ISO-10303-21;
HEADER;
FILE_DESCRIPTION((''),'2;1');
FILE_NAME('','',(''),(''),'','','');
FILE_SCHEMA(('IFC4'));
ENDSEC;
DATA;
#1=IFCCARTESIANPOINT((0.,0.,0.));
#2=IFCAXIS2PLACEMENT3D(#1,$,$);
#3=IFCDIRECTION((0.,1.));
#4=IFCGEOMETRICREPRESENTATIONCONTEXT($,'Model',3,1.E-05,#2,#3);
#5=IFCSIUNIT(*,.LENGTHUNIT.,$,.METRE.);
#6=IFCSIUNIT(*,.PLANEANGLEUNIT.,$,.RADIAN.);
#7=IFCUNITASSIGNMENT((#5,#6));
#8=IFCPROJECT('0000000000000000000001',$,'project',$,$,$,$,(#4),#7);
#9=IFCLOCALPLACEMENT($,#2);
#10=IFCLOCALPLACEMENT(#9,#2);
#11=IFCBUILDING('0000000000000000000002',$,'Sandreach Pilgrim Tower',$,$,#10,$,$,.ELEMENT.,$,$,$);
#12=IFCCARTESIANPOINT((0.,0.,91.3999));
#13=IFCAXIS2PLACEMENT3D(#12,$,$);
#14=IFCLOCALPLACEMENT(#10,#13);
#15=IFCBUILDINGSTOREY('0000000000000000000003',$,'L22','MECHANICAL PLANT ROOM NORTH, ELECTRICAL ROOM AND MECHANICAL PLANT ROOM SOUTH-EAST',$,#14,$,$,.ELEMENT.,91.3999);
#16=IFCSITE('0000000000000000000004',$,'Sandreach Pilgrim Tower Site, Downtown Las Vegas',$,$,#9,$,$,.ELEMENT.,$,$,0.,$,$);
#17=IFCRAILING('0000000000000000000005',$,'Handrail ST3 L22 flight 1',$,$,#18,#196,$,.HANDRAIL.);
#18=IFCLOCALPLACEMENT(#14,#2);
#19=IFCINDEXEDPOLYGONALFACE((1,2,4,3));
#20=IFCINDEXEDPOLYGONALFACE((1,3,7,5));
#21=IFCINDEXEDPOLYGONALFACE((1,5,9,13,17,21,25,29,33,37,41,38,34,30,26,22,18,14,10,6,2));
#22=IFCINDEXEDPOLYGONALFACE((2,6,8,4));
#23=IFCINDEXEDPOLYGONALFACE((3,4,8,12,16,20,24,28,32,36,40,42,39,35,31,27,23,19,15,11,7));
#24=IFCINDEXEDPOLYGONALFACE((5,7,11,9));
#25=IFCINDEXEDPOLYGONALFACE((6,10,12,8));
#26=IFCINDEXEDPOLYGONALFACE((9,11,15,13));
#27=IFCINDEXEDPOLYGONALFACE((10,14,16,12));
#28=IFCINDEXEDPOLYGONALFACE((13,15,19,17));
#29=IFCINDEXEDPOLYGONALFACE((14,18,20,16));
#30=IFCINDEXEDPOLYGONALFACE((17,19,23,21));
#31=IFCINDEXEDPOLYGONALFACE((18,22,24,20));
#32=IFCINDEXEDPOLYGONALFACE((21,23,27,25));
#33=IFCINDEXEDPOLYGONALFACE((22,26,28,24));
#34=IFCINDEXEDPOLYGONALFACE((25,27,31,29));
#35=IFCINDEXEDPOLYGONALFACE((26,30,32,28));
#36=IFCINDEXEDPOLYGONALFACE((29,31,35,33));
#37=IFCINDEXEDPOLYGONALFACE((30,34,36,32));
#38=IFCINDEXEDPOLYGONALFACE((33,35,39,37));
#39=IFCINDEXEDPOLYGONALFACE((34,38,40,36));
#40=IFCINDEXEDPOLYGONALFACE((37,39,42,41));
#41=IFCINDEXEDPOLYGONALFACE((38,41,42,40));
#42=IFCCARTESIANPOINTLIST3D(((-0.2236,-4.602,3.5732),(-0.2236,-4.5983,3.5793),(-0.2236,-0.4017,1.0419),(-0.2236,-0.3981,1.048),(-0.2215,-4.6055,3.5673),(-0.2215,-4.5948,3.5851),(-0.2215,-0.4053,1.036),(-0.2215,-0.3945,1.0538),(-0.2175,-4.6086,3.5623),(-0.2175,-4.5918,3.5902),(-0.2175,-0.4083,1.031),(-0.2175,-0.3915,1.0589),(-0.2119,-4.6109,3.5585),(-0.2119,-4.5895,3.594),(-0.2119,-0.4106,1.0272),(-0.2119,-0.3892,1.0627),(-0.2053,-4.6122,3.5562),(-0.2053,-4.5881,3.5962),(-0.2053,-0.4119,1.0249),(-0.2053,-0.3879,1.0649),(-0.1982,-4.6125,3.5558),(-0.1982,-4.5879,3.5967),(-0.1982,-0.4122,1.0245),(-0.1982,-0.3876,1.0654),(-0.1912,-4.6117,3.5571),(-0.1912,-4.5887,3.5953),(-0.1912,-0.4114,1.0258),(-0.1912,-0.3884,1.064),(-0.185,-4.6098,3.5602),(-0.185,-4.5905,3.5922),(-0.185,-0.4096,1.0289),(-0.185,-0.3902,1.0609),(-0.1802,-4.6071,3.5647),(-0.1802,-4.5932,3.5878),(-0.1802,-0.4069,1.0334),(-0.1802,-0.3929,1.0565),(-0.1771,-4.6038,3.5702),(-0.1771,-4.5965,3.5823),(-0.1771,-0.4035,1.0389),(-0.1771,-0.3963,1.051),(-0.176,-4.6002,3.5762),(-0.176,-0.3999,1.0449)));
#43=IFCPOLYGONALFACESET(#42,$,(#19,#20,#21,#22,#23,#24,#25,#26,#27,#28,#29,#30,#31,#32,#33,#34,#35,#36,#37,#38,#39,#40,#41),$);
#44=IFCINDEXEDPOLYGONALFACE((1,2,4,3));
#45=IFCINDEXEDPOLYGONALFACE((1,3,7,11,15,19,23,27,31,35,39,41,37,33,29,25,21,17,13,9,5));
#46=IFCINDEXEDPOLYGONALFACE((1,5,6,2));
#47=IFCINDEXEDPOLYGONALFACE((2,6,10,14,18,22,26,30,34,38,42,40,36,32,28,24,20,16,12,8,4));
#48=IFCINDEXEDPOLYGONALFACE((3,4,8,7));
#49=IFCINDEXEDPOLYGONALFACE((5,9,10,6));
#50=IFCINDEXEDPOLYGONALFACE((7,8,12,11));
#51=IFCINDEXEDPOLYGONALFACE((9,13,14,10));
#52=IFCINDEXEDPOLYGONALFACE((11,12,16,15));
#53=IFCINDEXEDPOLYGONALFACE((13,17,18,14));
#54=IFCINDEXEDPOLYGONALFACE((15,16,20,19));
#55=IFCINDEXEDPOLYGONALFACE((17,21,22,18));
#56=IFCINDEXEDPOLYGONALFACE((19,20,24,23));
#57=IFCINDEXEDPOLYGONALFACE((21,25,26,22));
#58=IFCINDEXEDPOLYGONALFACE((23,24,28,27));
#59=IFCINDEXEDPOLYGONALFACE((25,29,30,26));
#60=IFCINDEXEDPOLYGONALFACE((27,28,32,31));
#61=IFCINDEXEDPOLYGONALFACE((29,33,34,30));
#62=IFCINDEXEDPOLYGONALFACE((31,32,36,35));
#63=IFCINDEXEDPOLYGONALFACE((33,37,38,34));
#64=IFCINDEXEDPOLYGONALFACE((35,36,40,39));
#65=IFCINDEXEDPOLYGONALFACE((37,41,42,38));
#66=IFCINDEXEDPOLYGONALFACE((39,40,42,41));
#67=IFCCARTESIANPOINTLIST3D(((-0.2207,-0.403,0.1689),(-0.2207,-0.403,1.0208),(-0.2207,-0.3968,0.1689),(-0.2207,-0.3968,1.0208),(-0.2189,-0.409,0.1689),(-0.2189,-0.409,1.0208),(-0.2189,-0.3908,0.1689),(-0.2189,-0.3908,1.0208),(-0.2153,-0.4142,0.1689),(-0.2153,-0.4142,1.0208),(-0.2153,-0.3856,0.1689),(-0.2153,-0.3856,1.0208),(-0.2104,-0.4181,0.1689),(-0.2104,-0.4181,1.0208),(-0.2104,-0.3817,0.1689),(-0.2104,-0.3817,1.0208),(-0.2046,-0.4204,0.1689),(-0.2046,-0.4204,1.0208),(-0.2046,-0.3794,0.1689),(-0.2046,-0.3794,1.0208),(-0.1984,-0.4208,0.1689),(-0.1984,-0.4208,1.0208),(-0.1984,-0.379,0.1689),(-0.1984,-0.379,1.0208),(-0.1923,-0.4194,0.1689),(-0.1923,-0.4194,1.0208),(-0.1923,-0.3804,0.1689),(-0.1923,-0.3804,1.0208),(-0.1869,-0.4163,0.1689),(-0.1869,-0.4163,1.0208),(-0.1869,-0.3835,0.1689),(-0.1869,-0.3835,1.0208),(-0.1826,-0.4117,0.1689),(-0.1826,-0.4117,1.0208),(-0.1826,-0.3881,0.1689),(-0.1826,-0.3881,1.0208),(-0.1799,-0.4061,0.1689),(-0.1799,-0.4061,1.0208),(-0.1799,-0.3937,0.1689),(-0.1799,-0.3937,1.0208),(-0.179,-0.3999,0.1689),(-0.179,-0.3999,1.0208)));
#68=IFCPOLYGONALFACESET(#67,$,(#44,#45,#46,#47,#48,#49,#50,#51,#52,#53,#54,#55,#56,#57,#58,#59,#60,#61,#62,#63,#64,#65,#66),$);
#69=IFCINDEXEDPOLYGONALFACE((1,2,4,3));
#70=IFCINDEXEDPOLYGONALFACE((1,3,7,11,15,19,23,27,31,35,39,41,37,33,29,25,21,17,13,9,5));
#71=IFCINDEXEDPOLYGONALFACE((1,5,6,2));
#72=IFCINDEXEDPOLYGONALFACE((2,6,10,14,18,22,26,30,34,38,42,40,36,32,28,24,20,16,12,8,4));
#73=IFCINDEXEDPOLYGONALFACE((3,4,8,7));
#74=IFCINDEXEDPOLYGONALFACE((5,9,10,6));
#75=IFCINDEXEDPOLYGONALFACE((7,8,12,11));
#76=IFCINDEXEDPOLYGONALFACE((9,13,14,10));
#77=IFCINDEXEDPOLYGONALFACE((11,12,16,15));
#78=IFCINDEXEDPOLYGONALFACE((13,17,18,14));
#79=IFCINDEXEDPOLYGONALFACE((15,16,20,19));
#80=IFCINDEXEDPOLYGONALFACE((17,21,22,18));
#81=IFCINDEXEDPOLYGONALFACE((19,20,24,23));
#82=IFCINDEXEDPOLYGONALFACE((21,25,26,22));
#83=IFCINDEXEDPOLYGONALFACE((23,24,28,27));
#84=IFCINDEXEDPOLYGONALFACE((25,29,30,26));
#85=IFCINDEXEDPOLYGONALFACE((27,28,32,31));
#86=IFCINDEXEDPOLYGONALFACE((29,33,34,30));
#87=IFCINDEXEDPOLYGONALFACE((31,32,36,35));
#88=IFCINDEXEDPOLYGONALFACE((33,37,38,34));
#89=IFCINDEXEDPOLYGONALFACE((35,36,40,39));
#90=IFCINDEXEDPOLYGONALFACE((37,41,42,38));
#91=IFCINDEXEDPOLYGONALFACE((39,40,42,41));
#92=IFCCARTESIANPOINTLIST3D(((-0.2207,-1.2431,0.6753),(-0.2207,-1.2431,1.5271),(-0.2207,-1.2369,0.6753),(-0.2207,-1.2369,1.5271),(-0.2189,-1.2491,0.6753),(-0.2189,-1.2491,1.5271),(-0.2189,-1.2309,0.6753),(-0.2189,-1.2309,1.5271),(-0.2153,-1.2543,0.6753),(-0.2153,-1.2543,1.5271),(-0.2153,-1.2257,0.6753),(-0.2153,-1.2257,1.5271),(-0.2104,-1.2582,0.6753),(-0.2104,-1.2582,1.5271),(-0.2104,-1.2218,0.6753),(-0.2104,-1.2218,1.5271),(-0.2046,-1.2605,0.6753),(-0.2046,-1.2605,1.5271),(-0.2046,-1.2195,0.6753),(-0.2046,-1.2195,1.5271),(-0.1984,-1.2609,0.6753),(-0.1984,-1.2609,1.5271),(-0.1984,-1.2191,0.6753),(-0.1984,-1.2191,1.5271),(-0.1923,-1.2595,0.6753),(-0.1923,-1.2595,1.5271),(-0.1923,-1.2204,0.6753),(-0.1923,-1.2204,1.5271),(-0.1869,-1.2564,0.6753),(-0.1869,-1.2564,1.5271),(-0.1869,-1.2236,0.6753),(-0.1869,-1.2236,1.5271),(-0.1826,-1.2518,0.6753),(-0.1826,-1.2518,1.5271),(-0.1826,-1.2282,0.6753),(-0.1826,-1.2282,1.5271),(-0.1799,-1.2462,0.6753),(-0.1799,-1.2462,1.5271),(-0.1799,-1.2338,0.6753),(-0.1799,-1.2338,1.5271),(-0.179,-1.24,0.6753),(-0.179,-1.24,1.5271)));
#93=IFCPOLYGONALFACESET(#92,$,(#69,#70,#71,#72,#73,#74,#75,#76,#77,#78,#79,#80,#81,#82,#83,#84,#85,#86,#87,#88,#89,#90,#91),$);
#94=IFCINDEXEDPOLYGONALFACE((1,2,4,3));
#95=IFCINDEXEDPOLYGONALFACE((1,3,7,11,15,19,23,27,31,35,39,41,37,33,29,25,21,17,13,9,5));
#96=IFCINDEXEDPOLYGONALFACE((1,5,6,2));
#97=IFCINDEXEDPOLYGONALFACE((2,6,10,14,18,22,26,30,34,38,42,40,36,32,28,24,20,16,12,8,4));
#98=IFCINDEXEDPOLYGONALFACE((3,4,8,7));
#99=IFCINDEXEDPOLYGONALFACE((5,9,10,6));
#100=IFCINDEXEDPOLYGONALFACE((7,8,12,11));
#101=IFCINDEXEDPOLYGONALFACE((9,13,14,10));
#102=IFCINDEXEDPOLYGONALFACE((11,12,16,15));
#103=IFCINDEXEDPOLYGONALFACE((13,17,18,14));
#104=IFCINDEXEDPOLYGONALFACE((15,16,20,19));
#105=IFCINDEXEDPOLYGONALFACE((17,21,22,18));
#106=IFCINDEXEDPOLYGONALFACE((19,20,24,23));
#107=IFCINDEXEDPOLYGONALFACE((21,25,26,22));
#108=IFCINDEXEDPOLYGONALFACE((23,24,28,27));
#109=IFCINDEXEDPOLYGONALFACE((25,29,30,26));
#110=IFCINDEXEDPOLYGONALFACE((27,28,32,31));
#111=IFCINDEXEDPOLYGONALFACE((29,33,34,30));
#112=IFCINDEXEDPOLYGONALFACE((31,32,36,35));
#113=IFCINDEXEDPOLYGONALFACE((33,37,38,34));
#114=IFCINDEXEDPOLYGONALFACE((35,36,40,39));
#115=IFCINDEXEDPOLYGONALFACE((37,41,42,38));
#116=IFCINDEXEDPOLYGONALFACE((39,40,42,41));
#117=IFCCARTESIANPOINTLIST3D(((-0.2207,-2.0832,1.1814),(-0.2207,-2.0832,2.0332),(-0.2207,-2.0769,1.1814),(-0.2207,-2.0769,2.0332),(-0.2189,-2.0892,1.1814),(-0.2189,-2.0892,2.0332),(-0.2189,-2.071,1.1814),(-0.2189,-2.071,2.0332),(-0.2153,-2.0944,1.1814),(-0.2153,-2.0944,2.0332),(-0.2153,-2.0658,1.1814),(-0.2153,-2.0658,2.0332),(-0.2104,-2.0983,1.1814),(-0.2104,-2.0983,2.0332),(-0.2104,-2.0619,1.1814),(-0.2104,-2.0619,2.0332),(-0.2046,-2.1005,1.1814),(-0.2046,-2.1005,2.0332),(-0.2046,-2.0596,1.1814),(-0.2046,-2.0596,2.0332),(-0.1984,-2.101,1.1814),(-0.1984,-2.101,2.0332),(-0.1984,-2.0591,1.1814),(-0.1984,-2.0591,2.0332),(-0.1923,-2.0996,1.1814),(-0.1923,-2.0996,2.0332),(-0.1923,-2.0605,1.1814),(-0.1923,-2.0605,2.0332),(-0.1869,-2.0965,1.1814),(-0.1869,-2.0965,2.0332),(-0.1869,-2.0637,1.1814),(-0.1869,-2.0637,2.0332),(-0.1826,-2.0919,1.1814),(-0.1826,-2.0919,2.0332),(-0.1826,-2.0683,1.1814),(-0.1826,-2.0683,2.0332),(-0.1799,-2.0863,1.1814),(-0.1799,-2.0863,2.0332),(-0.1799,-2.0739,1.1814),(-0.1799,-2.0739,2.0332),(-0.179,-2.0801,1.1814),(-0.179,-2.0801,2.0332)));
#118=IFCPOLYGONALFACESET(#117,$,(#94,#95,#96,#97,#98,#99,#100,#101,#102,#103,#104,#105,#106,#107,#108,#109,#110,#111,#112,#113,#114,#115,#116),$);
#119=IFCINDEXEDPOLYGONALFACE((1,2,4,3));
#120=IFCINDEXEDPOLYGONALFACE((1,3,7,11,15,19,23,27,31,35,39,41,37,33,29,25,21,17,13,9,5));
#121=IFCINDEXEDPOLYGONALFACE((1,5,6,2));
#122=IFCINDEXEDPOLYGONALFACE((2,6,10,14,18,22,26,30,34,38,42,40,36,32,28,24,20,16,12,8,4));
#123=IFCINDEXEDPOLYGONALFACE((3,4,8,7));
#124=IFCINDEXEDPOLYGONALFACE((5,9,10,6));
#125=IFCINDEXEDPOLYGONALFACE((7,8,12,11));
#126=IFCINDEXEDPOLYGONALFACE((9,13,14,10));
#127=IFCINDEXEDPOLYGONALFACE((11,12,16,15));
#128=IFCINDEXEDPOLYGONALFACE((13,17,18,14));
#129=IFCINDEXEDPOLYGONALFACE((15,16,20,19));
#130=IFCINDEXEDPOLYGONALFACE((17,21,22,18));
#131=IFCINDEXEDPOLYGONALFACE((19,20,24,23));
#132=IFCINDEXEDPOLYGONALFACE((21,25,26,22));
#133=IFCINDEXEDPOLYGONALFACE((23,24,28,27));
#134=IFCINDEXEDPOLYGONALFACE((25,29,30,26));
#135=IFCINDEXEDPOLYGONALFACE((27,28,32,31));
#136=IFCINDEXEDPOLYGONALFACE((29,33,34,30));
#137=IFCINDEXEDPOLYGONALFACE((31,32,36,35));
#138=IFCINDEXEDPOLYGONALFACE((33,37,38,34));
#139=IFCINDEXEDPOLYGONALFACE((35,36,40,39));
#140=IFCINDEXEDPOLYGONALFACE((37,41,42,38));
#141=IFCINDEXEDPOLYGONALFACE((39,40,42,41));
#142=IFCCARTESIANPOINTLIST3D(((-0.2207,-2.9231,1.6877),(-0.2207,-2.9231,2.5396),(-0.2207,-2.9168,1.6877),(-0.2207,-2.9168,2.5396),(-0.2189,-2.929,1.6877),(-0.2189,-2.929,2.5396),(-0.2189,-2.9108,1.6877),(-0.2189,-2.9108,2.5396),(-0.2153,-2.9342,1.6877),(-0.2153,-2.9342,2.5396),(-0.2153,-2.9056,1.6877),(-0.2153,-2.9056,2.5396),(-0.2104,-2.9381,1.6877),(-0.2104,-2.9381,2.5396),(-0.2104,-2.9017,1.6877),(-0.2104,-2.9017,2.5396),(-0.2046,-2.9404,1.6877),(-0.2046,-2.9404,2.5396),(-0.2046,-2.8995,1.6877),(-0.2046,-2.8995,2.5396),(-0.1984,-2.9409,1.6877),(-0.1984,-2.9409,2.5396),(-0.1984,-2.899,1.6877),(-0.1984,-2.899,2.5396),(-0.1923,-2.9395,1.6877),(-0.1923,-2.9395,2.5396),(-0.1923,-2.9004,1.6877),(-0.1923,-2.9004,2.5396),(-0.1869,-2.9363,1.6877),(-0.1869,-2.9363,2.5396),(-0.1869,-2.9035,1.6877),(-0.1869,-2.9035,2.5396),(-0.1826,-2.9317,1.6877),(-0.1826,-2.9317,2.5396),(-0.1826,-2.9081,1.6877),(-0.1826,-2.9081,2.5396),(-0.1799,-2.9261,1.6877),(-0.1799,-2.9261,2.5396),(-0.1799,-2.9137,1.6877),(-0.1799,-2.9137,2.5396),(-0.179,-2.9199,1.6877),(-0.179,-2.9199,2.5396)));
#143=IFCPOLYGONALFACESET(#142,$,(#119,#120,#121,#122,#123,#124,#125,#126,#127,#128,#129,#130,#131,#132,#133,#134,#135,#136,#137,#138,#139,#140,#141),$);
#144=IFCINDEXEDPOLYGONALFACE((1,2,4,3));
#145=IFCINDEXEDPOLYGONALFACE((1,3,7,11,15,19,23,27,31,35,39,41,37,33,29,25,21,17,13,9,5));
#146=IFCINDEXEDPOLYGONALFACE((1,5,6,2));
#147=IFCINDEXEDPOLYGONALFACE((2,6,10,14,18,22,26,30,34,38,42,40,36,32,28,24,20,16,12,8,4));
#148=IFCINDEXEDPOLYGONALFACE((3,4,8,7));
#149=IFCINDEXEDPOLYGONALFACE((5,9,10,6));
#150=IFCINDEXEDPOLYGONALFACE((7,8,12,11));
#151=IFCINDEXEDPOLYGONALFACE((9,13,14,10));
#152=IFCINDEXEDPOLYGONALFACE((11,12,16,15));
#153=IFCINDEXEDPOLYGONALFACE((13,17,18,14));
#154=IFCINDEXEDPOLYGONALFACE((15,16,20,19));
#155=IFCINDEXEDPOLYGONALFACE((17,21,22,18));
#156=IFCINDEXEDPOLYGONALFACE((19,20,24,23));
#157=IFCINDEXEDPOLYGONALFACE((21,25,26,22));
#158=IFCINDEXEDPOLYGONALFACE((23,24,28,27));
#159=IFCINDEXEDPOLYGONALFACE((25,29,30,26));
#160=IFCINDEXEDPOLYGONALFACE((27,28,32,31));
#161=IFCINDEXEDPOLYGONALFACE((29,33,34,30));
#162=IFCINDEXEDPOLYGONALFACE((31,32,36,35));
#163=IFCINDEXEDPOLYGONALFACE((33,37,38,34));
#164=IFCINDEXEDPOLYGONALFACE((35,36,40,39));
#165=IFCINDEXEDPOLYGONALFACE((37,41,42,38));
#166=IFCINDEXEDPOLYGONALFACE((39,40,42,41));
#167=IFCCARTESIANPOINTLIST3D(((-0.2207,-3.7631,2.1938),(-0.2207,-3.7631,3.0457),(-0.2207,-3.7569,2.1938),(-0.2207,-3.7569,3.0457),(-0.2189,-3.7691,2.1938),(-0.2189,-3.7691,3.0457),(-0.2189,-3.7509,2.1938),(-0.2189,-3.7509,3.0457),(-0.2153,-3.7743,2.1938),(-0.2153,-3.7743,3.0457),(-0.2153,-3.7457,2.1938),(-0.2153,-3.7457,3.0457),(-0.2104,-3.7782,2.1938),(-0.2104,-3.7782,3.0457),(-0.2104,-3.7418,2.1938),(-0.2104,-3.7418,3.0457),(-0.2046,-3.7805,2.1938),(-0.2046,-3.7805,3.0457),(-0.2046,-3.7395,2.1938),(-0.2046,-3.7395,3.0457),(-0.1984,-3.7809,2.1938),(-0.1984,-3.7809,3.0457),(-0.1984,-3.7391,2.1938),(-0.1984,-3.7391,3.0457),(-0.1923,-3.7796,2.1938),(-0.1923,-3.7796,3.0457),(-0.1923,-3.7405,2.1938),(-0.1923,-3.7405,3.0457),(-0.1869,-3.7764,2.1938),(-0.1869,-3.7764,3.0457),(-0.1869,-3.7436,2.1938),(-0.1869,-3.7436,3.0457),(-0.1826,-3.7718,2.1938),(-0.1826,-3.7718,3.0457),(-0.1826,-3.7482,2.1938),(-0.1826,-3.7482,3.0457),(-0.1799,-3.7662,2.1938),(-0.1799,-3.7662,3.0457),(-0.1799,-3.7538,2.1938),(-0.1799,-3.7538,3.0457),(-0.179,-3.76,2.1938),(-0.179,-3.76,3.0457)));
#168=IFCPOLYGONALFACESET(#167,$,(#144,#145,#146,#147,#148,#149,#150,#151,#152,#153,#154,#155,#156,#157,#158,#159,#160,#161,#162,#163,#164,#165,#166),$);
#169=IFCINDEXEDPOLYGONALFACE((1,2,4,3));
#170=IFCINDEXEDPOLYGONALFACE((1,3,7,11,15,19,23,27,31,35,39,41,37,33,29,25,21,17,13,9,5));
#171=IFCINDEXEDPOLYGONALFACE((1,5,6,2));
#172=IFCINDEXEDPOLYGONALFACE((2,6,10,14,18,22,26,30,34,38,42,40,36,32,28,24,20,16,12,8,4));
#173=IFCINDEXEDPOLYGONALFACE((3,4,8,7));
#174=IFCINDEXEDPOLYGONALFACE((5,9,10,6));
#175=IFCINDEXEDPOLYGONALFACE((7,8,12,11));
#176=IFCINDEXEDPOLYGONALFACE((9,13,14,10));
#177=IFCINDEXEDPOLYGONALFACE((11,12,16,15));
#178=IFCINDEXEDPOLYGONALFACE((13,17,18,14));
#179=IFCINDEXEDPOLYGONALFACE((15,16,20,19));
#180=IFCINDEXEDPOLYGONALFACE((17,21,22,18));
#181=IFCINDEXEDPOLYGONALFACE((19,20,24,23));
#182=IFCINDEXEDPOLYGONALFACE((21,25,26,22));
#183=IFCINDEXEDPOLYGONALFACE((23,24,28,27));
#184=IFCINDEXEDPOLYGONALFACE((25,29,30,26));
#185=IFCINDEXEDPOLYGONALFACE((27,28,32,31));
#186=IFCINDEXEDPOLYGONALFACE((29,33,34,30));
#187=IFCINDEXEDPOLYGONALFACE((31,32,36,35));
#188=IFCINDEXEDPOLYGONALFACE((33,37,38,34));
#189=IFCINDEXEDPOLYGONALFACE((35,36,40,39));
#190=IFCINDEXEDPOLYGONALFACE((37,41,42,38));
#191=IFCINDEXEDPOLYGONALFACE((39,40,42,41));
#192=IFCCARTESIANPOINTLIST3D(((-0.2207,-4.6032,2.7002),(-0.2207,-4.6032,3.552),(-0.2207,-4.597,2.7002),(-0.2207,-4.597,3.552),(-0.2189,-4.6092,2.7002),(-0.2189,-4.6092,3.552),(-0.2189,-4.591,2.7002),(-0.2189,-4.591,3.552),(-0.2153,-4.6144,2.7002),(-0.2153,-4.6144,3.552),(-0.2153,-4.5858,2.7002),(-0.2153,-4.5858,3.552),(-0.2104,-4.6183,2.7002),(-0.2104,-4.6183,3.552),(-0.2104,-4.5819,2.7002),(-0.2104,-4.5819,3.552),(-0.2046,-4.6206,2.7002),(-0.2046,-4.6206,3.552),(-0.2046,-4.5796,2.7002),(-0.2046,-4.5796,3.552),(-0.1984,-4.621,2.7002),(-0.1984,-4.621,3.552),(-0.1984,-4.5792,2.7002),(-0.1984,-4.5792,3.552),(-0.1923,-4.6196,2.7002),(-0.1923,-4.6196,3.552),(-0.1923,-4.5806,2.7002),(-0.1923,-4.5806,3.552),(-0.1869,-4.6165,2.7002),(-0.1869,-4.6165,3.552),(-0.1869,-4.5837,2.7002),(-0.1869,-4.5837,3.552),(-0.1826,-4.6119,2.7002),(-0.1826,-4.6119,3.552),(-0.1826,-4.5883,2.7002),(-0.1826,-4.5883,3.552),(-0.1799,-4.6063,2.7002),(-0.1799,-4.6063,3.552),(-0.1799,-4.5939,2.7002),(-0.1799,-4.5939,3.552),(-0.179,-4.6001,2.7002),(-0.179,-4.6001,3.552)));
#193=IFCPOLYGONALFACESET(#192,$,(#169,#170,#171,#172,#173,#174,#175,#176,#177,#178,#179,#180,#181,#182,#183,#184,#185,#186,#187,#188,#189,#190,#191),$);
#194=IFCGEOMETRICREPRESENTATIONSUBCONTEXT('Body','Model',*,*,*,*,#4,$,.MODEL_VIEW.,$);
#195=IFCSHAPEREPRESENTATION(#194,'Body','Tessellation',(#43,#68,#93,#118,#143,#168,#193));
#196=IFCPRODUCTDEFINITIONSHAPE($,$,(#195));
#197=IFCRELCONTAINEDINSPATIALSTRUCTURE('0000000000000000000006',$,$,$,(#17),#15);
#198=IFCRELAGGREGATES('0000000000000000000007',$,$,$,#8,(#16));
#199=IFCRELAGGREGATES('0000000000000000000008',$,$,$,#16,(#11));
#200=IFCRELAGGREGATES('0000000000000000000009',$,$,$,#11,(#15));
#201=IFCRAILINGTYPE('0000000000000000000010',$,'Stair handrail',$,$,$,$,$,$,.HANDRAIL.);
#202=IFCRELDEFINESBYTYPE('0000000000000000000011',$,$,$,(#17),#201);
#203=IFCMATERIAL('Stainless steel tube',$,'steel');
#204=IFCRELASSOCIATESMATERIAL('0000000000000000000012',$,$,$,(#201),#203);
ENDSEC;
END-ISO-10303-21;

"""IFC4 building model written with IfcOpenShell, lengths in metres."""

from ifc_helpers import new_model, si_unit, direction, frame, origin, origin_2d, place, context, subcontext, project, spatial, circle, extrude, material, type_object, element, save


model = new_model("IFC4")

# Units and contexts
model_context = context("Model", 3, precision=1e-05, world=origin(), true_north=direction((0.0, 1.0)))
body_context = subcontext(model_context, "Body", "Model", "MODEL_VIEW")
ifc_project = project(units=[si_unit("LENGTHUNIT", "METRE"), si_unit("PLANEANGLEUNIT", "RADIAN")], contexts=[model_context])

# Site, building, storey
site_placement = place(None, origin())
site = spatial("IfcSite", under=ifc_project, at=site_placement, Name="Sandreach Pilgrim Tower Site, Downtown Las Vegas", CompositionType="ELEMENT", RefElevation=0.0)
building_placement = place(site_placement, origin())
building = spatial("IfcBuilding", under=site, at=building_placement, Name="Sandreach Pilgrim Tower", CompositionType="ELEMENT")
storey_placement = place(building_placement, frame((0.0, 0.0, 91.3999)))
storey = spatial("IfcBuildingStorey", under=building, at=storey_placement, Name="L22", Description="MECHANICAL PLANT ROOM NORTH, ELECTRICAL ROOM AND MECHANICAL PLANT ROOM SOUTH-EAST", CompositionType="ELEMENT", Elevation=91.3999)

# Railing
ifc_material_1 = material(Name="Stainless steel tube", Category="steel")
railing_type = type_object("IfcRailingType", Name="Stair handrail", PredefinedType="HANDRAIL", material=ifc_material_1)
for number, where, name in (
    (1, (-0.2, -0.3999, 0.1689), "Handrail ST3 L22 flight 1"),
):
    element("IfcRailing", number, at=place(storey_placement, frame(where)), inside=storey, type_object=railing_type, Name=name, PredefinedType="HANDRAIL", context=body_context, shape_type="SweptSolid", body=[
        extrude(circle(Radius=0.0239, at=origin_2d()), frame((0.0, 0.0, 0.876), z_axis=(0.0, -0.85649, 0.516164), x_axis=(1.0, 0.0, 0.0)), (0.0, 0.0, 1.0), 4.9041),
        extrude(circle(Radius=0.021, at=origin_2d()), origin(), (0.0, 0.0, 1.0), 0.8518),
        extrude(circle(Radius=0.021, at=origin_2d()), frame((0.0, -0.8401, 0.5063)), (0.0, 0.0, 1.0), 0.8518),
        extrude(circle(Radius=0.021, at=origin_2d()), frame((0.0, -1.6802, 1.0125)), (0.0, 0.0, 1.0), 0.8518),
        extrude(circle(Radius=0.021, at=origin_2d()), frame((0.0, -2.52, 1.5188)), (0.0, 0.0, 1.0), 0.8518),
        extrude(circle(Radius=0.021, at=origin_2d()), frame((0.0, -3.3601, 2.0249)), (0.0, 0.0, 1.0), 0.8518),
        extrude(circle(Radius=0.021, at=origin_2d()), frame((0.0, -4.2002, 2.5312)), (0.0, 0.0, 1.0), 0.8518),
    ])

save(model, "model.ifc")
